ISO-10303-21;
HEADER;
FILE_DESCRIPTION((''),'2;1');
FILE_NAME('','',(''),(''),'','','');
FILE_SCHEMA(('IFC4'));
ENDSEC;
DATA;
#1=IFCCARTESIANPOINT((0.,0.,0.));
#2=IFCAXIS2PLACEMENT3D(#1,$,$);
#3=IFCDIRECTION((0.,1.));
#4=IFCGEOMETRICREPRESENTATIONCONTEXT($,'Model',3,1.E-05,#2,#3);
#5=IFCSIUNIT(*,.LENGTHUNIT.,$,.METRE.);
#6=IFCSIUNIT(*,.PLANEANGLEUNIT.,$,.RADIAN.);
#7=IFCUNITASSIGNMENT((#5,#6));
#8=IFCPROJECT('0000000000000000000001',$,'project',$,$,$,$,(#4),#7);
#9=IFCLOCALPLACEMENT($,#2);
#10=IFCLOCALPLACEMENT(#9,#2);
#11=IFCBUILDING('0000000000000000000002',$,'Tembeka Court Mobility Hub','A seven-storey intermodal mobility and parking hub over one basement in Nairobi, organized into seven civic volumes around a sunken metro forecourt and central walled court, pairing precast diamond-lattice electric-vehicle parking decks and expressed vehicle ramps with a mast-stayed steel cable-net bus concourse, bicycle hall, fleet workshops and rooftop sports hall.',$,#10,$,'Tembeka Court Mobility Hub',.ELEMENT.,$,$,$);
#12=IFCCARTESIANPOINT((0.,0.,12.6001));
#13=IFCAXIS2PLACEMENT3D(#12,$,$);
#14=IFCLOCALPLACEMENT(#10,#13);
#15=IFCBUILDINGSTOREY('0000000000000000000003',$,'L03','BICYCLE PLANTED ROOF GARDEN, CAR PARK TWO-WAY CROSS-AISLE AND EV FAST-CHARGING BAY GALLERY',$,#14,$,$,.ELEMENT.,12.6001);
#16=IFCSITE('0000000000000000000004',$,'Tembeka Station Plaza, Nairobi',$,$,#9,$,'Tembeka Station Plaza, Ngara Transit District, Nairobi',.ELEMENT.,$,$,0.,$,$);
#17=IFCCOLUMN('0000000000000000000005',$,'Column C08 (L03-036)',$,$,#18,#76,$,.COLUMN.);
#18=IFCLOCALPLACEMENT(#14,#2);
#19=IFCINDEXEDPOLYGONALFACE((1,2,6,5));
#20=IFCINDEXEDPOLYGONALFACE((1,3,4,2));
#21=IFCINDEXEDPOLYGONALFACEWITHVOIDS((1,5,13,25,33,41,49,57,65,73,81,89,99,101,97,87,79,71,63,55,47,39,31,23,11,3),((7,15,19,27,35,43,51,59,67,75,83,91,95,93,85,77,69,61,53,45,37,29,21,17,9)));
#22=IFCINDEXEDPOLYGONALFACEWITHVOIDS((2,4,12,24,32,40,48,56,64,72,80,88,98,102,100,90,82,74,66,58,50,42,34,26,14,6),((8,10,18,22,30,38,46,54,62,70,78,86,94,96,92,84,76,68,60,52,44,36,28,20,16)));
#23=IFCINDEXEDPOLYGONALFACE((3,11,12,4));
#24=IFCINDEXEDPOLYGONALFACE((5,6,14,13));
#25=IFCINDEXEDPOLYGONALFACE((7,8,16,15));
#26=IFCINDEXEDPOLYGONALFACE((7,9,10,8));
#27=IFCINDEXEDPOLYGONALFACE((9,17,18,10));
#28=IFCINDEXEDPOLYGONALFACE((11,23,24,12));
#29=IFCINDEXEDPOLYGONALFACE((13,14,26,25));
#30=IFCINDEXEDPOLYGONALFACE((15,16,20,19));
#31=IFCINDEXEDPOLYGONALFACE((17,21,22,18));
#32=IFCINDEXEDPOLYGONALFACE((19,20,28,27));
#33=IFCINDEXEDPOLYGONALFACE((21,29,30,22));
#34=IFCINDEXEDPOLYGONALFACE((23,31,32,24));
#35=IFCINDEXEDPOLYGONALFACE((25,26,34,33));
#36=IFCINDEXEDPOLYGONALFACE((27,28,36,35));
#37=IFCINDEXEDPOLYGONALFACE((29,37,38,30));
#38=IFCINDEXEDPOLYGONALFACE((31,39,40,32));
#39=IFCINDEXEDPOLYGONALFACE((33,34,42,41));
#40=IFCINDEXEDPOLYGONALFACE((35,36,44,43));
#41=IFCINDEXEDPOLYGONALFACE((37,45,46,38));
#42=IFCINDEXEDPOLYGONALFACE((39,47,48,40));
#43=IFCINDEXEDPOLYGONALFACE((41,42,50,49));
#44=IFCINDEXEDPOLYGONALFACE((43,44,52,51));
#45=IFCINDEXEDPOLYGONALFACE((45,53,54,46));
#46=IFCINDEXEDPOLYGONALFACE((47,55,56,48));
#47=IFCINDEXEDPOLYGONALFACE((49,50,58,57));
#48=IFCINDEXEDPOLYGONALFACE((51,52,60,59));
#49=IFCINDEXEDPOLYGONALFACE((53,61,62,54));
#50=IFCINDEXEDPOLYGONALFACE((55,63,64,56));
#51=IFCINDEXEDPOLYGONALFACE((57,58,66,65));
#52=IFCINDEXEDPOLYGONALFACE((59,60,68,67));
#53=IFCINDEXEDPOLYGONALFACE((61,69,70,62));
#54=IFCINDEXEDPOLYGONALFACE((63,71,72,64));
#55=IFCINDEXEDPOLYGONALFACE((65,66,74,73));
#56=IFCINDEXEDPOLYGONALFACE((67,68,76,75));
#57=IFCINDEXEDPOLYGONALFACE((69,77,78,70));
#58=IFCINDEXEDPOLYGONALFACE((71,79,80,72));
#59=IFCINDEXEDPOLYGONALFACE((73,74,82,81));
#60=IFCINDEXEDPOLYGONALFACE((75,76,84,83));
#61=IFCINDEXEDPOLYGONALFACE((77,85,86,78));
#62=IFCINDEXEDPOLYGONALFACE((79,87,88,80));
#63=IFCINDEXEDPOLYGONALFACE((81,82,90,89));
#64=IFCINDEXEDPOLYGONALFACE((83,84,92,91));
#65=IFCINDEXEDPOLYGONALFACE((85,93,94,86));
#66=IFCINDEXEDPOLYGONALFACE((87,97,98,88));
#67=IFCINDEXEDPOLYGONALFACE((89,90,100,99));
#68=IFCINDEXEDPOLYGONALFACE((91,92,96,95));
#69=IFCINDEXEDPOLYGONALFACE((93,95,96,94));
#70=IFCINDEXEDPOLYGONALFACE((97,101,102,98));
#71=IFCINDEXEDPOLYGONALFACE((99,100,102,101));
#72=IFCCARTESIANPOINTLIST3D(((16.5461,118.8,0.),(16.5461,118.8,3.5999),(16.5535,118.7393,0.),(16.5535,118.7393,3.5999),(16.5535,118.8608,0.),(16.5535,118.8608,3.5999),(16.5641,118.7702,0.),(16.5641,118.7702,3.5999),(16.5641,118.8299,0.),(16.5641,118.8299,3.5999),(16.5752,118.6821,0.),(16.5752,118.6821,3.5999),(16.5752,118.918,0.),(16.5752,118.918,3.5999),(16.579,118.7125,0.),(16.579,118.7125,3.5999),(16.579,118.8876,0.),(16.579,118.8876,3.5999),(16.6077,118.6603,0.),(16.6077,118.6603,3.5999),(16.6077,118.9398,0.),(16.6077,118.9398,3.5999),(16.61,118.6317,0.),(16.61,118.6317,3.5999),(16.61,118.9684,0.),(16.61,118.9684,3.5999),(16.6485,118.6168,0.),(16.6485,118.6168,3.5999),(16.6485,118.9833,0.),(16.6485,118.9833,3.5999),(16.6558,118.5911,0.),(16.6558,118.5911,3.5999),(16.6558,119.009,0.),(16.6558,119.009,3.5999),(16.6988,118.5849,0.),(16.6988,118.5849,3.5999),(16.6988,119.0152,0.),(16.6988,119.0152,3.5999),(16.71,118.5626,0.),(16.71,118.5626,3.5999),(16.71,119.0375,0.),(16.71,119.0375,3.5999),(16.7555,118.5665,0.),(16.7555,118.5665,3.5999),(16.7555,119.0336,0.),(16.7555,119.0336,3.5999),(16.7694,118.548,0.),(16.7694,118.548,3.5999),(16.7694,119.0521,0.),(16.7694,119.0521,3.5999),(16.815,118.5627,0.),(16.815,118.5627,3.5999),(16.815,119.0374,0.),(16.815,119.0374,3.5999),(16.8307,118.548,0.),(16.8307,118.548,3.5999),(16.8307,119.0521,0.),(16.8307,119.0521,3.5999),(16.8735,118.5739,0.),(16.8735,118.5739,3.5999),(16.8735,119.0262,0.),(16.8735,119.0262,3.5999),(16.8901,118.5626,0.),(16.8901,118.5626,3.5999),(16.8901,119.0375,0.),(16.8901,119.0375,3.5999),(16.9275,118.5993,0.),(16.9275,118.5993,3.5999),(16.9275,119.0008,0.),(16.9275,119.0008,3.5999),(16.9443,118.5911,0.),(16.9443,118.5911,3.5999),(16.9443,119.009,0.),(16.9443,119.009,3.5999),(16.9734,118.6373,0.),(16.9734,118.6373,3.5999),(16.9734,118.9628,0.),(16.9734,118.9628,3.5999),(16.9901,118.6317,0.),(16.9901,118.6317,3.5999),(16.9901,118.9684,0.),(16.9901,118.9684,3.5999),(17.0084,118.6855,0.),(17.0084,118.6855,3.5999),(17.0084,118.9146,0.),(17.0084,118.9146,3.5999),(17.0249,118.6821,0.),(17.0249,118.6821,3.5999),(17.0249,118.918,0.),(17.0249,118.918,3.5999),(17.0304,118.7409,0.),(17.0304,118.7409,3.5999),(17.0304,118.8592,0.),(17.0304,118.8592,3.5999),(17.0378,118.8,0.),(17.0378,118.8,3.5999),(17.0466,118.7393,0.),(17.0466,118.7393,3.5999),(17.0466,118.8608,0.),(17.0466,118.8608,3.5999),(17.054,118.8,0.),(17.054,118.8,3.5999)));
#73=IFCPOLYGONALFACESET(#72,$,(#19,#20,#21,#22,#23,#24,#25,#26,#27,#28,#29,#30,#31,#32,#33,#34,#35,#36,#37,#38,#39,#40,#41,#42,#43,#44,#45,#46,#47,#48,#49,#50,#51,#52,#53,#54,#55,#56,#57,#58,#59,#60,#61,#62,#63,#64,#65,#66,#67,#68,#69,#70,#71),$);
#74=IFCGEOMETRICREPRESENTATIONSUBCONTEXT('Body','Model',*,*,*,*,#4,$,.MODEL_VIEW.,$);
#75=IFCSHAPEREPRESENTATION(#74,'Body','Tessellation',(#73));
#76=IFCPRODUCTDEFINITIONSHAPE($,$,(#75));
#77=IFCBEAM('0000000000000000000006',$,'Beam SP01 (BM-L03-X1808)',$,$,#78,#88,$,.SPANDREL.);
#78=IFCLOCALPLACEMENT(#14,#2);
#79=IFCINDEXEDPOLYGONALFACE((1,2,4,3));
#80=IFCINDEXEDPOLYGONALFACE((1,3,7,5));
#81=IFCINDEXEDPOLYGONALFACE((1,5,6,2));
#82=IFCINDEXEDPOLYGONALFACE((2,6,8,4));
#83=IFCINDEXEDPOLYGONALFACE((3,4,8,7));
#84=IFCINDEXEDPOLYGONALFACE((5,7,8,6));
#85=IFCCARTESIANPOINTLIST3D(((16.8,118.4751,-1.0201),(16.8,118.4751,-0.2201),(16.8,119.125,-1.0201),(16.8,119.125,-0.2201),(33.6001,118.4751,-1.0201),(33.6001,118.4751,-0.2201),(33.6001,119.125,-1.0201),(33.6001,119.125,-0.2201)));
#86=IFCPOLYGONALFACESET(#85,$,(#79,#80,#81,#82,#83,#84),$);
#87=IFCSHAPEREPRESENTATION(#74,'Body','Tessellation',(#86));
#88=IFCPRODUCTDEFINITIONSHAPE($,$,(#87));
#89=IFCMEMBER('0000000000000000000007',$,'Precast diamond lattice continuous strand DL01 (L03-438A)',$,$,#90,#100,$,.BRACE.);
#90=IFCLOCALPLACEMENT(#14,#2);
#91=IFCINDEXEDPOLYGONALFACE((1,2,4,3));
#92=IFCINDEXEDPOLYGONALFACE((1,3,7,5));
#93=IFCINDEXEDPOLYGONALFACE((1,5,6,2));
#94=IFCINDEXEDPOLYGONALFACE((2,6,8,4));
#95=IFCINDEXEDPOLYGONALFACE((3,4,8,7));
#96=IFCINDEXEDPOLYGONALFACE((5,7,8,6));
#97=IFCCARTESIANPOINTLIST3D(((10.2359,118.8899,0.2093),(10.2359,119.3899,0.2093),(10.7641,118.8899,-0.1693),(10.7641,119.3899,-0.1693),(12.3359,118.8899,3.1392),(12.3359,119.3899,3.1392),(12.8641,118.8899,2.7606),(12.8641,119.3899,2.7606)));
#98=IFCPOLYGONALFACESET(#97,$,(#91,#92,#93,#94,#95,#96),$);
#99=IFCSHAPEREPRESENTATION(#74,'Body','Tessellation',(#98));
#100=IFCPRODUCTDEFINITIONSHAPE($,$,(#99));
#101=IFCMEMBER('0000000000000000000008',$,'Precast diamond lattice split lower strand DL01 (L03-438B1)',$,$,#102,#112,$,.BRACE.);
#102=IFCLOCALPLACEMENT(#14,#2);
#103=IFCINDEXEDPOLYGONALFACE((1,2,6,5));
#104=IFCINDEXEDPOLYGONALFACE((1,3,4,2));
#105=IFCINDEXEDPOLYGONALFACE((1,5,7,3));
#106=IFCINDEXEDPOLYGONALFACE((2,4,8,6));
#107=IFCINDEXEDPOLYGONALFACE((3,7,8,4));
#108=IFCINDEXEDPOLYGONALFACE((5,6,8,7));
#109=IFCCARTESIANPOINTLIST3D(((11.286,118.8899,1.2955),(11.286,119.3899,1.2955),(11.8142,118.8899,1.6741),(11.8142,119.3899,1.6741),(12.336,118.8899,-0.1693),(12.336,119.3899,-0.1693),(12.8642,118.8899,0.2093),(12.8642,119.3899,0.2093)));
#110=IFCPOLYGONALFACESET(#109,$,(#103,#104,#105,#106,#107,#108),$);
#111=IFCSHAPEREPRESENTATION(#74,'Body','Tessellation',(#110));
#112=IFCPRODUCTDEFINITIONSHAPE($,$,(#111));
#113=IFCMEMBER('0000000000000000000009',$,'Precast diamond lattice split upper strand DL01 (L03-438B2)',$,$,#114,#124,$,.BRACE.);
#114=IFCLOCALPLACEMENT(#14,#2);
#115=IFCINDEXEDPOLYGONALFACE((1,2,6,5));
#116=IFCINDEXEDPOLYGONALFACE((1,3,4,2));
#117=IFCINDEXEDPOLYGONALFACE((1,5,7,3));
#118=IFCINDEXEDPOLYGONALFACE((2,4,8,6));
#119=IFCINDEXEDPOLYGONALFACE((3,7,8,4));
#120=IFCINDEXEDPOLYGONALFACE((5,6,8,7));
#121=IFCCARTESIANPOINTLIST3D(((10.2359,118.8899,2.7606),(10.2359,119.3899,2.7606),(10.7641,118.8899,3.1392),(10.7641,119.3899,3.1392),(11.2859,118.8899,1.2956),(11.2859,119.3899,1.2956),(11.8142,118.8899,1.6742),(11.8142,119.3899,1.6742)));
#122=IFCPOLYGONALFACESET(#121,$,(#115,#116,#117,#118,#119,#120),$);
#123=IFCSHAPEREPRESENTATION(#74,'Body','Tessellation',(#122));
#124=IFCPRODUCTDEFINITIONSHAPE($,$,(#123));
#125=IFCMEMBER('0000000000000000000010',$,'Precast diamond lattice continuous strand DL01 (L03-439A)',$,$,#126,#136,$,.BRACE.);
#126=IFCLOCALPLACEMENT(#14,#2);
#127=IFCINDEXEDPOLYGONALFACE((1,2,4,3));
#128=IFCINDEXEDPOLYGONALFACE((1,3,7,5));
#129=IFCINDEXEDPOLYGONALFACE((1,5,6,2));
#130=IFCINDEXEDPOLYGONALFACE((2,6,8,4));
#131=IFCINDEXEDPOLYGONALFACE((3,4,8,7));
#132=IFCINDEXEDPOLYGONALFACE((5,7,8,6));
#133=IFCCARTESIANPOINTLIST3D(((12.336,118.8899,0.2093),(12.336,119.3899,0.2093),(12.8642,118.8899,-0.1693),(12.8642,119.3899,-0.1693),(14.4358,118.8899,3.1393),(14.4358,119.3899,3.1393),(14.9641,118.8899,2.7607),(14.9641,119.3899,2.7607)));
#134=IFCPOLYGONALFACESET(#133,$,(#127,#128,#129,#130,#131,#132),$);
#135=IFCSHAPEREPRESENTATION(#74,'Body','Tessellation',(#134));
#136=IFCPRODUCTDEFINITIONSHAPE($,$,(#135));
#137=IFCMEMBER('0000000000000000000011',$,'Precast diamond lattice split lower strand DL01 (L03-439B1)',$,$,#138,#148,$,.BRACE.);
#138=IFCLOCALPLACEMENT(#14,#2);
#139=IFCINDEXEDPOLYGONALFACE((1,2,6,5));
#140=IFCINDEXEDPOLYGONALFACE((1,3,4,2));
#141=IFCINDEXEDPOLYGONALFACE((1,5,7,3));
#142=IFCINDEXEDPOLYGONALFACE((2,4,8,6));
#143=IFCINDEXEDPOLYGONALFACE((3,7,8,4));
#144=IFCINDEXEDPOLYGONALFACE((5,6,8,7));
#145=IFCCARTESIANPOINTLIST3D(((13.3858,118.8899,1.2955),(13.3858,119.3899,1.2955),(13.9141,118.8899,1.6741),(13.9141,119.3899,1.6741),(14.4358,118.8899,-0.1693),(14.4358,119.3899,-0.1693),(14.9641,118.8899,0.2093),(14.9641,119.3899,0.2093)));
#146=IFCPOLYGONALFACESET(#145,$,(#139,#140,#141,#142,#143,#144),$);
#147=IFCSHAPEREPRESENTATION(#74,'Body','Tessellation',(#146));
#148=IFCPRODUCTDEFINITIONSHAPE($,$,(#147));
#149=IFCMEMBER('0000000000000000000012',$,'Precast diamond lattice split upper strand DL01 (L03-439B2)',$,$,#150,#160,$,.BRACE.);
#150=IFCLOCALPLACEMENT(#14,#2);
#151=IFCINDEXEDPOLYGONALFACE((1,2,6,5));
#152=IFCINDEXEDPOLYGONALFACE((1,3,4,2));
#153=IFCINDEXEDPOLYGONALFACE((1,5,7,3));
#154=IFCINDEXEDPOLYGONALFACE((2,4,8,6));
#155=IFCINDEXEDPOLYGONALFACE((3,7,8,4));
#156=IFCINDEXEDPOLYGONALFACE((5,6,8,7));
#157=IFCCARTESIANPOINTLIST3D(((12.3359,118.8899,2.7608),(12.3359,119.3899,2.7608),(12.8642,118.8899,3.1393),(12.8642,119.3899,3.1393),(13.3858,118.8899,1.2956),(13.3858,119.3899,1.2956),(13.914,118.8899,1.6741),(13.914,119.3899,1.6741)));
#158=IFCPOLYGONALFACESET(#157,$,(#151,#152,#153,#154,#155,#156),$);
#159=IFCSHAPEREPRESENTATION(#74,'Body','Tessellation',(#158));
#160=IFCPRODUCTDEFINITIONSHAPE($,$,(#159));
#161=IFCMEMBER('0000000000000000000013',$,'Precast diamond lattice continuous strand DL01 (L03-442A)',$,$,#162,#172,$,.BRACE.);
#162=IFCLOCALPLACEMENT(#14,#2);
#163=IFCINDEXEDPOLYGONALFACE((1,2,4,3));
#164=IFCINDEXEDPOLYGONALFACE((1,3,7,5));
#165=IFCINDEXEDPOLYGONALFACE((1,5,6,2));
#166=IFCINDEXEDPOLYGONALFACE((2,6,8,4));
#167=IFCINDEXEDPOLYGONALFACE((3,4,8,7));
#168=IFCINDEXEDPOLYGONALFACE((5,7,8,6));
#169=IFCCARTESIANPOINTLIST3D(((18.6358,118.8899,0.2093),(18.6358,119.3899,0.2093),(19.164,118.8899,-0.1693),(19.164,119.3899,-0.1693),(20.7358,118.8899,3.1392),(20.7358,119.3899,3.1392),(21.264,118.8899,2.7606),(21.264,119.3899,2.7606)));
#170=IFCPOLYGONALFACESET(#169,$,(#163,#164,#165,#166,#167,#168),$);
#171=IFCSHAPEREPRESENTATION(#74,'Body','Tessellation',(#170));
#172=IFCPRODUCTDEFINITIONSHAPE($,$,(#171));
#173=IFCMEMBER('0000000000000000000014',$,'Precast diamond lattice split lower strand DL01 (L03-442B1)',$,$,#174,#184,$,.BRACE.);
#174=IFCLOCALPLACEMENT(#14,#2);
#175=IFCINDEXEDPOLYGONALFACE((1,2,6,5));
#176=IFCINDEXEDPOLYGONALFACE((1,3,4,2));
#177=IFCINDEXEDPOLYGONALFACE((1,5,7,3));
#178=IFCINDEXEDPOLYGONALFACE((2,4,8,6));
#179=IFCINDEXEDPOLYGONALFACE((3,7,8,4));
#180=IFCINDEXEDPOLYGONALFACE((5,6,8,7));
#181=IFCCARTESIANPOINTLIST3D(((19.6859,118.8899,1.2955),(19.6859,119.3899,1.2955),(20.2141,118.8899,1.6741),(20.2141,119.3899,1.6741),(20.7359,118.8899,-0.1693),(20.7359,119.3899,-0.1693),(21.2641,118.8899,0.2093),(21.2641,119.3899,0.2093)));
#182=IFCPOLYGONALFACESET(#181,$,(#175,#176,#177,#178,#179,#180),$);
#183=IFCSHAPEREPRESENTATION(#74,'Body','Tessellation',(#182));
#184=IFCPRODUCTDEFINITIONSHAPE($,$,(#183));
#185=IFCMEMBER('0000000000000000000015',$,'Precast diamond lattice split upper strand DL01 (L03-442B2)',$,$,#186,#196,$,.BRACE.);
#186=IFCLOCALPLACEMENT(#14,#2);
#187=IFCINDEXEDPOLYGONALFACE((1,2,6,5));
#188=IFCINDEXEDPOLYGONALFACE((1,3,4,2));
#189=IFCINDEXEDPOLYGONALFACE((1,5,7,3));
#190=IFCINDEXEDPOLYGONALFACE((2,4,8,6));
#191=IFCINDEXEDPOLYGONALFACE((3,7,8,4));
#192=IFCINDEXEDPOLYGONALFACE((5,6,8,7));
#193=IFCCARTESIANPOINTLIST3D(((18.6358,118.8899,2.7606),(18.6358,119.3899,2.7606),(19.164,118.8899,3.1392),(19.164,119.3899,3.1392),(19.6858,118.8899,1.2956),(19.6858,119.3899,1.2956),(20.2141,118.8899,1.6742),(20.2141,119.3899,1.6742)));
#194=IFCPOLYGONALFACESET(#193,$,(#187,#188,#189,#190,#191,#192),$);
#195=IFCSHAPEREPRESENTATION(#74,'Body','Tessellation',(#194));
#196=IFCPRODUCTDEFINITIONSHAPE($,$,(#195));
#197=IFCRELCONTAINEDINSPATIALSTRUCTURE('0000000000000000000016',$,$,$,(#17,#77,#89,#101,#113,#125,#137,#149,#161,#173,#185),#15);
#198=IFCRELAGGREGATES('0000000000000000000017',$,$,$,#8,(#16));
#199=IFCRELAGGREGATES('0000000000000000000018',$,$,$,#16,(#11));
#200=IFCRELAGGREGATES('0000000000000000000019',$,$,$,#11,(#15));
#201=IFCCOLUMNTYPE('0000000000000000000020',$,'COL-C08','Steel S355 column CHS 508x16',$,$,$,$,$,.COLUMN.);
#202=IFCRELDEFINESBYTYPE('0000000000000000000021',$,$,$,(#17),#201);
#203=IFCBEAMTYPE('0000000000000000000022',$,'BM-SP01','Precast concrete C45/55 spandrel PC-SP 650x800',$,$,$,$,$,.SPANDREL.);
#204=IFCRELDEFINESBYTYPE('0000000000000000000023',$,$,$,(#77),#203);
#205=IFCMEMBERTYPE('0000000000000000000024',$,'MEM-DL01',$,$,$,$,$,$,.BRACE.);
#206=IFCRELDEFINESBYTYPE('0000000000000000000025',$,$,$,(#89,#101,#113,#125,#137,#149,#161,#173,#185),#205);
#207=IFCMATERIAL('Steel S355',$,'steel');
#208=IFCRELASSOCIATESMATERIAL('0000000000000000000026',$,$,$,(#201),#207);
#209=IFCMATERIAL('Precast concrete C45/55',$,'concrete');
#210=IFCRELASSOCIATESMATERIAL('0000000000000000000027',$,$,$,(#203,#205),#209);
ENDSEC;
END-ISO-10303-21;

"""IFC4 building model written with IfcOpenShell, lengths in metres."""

from ifc_helpers import new_model, si_unit, direction, frame, origin, origin_2d, place, context, subcontext, project, spatial, rectangle, hollow_circle, extrude, material, material_profile, profile_set, type_object, element, save


model = new_model("IFC4")

# Units and contexts
model_context = context("Model", 3, precision=1e-05, world=origin(), true_north=direction((0.0, 1.0)))
body_context = subcontext(model_context, "Body", "Model", "MODEL_VIEW")
ifc_project = project(units=[si_unit("LENGTHUNIT", "METRE"), si_unit("PLANEANGLEUNIT", "RADIAN")], contexts=[model_context])

# Site, building, storey
site_placement = place(None, origin())
site = spatial("IfcSite", under=ifc_project, at=site_placement, Name="Tembeka Station Plaza, Nairobi", LongName="Tembeka Station Plaza, Ngara Transit District, Nairobi", CompositionType="ELEMENT", RefElevation=0.0)
building_placement = place(site_placement, origin())
building = spatial("IfcBuilding", under=site, at=building_placement, Name="Tembeka Court Mobility Hub", Description="A seven-storey intermodal mobility and parking hub over one basement in Nairobi, organized into seven civic volumes around a sunken metro forecourt and central walled court, pairing precast diamond-lattice electric-vehicle parking decks and expressed vehicle ramps with a mast-stayed steel cable-net bus concourse, bicycle hall, fleet workshops and rooftop sports hall.", LongName="Tembeka Court Mobility Hub", CompositionType="ELEMENT")
storey_placement = place(building_placement, frame((0.0, 0.0, 12.6001)))
storey = spatial("IfcBuildingStorey", under=building, at=storey_placement, Name="L03", Description="BICYCLE PLANTED ROOF GARDEN, CAR PARK TWO-WAY CROSS-AISLE AND EV FAST-CHARGING BAY GALLERY", CompositionType="ELEMENT", Elevation=12.6001)

# Column
ifc_material_1 = material(Name="Steel S355", Category="steel")
ifc_material_profile_1 = material_profile(ifc_material_1, hollow_circle(Radius=0.2539, WallThickness=0.0161, at=origin_2d()), Name="CHS 508x16")
ifc_profile_set_1 = profile_set([ifc_material_profile_1], Name="Steel S355")
column_type = type_object("IfcColumnType", Name="COL-C08", Description="Steel S355 column CHS 508x16", PredefinedType="COLUMN", material=ifc_profile_set_1)
column_placement = place(storey_placement, frame((16.8, 118.8, 0.0), z_axis=(0.0, 0.0, 1.0), x_axis=(1.0, 0.0, 0.0)))
element("IfcColumn", 1, at=column_placement, inside=storey, type_object=column_type, Name="Column C08 (L03-036)", PredefinedType="COLUMN", context=body_context, shape_type="SweptSolid", body=[
    extrude(hollow_circle(Radius=0.2539, WallThickness=0.0161, at=origin_2d()), origin(), (0.0, 0.0, 1.0), 3.5999),
])

# Beam
ifc_material_2 = material(Name="Precast concrete C45/55", Category="concrete")
ifc_material_profile_2 = material_profile(ifc_material_2, rectangle(XDim=0.6499, YDim=0.8, at=origin_2d()), Name="PC-SP 650x800")
ifc_profile_set_2 = profile_set([ifc_material_profile_2], Name="Precast concrete C45/55")
beam_type = type_object("IfcBeamType", Name="BM-SP01", Description="Precast concrete C45/55 spandrel PC-SP 650x800", PredefinedType="SPANDREL", material=ifc_profile_set_2)
beam_placement = place(storey_placement, frame((16.8, 118.8, -0.6201), z_axis=(1.0, 0.0, 0.0), x_axis=(0.0, 1.0, 0.0)))
element("IfcBeam", 2, at=beam_placement, inside=storey, type_object=beam_type, Name="Beam SP01 (BM-L03-X1808)", PredefinedType="SPANDREL", context=body_context, shape_type="SweptSolid", body=[
    extrude(rectangle(XDim=0.6499, YDim=0.8, at=origin_2d()), origin(), (0.0, 0.0, 1.0), 16.8),
])

# Members
ifc_material_profile_3 = material_profile(ifc_material_2, rectangle(XDim=0.5, YDim=0.6499, at=origin_2d()), Name="PC-DIAG 500x650")
ifc_profile_set_3 = profile_set([ifc_material_profile_3], Name="Precast concrete C45/55")
member_type_1 = type_object("IfcMemberType", Name="MEM-DL01", PredefinedType="BRACE", material=ifc_profile_set_3)
member_1_placement = place(storey_placement, frame((10.5, 119.1399, 0.02), z_axis=(0.582576, 0.0, 0.812776), x_axis=(0.0, 1.0, 0.0)))
element("IfcMember", 3, at=member_1_placement, inside=storey, type_object=member_type_1, Name="Precast diamond lattice continuous strand DL01 (L03-438A)", PredefinedType="BRACE", context=body_context, shape_type="SweptSolid", body=[
    extrude(rectangle(XDim=0.5, YDim=0.6499, at=origin_2d()), origin(), (0.0, 0.0, 1.0), 3.6047),
])
member_2_placement = place(storey_placement, frame((12.6001, 119.1399, 0.02), z_axis=(-0.582608, 0.0, 0.812753), x_axis=(0.0, -1.0, 0.0)))
element("IfcMember", 4, at=member_2_placement, inside=storey, type_object=member_type_1, Name="Precast diamond lattice split lower strand DL01 (L03-438B1)", PredefinedType="BRACE", context=body_context, shape_type="SweptSolid", body=[
    extrude(rectangle(XDim=0.5, YDim=0.6499, at=origin_2d()), origin(), (0.0, 0.0, 1.0), 1.8022),
])
member_3_placement = place(storey_placement, frame((11.55, 119.1399, 1.4849), z_axis=(-0.582544, 0.0, 0.812799), x_axis=(0.0, -1.0, 0.0)))
element("IfcMember", 5, at=member_3_placement, inside=storey, type_object=member_type_1, Name="Precast diamond lattice split upper strand DL01 (L03-438B2)", PredefinedType="BRACE", context=body_context, shape_type="SweptSolid", body=[
    extrude(rectangle(XDim=0.5, YDim=0.6499, at=origin_2d()), origin(), (0.0, 0.0, 1.0), 1.8025),
])
member_4_placement = place(storey_placement, frame((12.6001, 119.1399, 0.02), z_axis=(0.582532, 0.0, 0.812808), x_axis=(0.0, 1.0, 0.0)))
element("IfcMember", 6, at=member_4_placement, inside=storey, type_object=member_type_1, Name="Precast diamond lattice continuous strand DL01 (L03-439A)", PredefinedType="BRACE", context=body_context, shape_type="SweptSolid", body=[
    extrude(rectangle(XDim=0.5, YDim=0.6499, at=origin_2d()), origin(), (0.0, 0.0, 1.0), 3.6047),
])
member_5_placement = place(storey_placement, frame((14.7, 119.1399, 0.02), z_axis=(-0.582608, 0.0, 0.812753), x_axis=(0.0, -1.0, 0.0)))
element("IfcMember", 7, at=member_5_placement, inside=storey, type_object=member_type_1, Name="Precast diamond lattice split lower strand DL01 (L03-439B1)", PredefinedType="BRACE", context=body_context, shape_type="SweptSolid", body=[
    extrude(rectangle(XDim=0.5, YDim=0.6499, at=origin_2d()), origin(), (0.0, 0.0, 1.0), 1.8022),
])
member_6_placement = place(storey_placement, frame((13.6499, 119.1399, 1.4849), z_axis=(-0.582455, 0.0, 0.812863), x_axis=(0.0, -1.0, 0.0)))
element("IfcMember", 8, at=member_6_placement, inside=storey, type_object=member_type_1, Name="Precast diamond lattice split upper strand DL01 (L03-439B2)", PredefinedType="BRACE", context=body_context, shape_type="SweptSolid", body=[
    extrude(rectangle(XDim=0.5, YDim=0.6499, at=origin_2d()), origin(), (0.0, 0.0, 1.0), 1.8025),
])
member_7_placement = place(storey_placement, frame((18.8999, 119.1399, 0.02), z_axis=(0.582576, 0.0, 0.812776), x_axis=(0.0, 1.0, 0.0)))
element("IfcMember", 9, at=member_7_placement, inside=storey, type_object=member_type_1, Name="Precast diamond lattice continuous strand DL01 (L03-442A)", PredefinedType="BRACE", context=body_context, shape_type="SweptSolid", body=[
    extrude(rectangle(XDim=0.5, YDim=0.6499, at=origin_2d()), origin(), (0.0, 0.0, 1.0), 3.6047),
])
member_8_placement = place(storey_placement, frame((21.0, 119.1399, 0.02), z_axis=(-0.582608, 0.0, 0.812753), x_axis=(0.0, -1.0, 0.0)))
element("IfcMember", 10, at=member_8_placement, inside=storey, type_object=member_type_1, Name="Precast diamond lattice split lower strand DL01 (L03-442B1)", PredefinedType="BRACE", context=body_context, shape_type="SweptSolid", body=[
    extrude(rectangle(XDim=0.5, YDim=0.6499, at=origin_2d()), origin(), (0.0, 0.0, 1.0), 1.8022),
])
member_9_placement = place(storey_placement, frame((19.95, 119.1399, 1.4849), z_axis=(-0.582544, 0.0, 0.812799), x_axis=(0.0, -1.0, 0.0)))
element("IfcMember", 11, at=member_9_placement, inside=storey, type_object=member_type_1, Name="Precast diamond lattice split upper strand DL01 (L03-442B2)", PredefinedType="BRACE", context=body_context, shape_type="SweptSolid", body=[
    extrude(rectangle(XDim=0.5, YDim=0.6499, at=origin_2d()), origin(), (0.0, 0.0, 1.0), 1.8025),
])

save(model, "model.ifc")
